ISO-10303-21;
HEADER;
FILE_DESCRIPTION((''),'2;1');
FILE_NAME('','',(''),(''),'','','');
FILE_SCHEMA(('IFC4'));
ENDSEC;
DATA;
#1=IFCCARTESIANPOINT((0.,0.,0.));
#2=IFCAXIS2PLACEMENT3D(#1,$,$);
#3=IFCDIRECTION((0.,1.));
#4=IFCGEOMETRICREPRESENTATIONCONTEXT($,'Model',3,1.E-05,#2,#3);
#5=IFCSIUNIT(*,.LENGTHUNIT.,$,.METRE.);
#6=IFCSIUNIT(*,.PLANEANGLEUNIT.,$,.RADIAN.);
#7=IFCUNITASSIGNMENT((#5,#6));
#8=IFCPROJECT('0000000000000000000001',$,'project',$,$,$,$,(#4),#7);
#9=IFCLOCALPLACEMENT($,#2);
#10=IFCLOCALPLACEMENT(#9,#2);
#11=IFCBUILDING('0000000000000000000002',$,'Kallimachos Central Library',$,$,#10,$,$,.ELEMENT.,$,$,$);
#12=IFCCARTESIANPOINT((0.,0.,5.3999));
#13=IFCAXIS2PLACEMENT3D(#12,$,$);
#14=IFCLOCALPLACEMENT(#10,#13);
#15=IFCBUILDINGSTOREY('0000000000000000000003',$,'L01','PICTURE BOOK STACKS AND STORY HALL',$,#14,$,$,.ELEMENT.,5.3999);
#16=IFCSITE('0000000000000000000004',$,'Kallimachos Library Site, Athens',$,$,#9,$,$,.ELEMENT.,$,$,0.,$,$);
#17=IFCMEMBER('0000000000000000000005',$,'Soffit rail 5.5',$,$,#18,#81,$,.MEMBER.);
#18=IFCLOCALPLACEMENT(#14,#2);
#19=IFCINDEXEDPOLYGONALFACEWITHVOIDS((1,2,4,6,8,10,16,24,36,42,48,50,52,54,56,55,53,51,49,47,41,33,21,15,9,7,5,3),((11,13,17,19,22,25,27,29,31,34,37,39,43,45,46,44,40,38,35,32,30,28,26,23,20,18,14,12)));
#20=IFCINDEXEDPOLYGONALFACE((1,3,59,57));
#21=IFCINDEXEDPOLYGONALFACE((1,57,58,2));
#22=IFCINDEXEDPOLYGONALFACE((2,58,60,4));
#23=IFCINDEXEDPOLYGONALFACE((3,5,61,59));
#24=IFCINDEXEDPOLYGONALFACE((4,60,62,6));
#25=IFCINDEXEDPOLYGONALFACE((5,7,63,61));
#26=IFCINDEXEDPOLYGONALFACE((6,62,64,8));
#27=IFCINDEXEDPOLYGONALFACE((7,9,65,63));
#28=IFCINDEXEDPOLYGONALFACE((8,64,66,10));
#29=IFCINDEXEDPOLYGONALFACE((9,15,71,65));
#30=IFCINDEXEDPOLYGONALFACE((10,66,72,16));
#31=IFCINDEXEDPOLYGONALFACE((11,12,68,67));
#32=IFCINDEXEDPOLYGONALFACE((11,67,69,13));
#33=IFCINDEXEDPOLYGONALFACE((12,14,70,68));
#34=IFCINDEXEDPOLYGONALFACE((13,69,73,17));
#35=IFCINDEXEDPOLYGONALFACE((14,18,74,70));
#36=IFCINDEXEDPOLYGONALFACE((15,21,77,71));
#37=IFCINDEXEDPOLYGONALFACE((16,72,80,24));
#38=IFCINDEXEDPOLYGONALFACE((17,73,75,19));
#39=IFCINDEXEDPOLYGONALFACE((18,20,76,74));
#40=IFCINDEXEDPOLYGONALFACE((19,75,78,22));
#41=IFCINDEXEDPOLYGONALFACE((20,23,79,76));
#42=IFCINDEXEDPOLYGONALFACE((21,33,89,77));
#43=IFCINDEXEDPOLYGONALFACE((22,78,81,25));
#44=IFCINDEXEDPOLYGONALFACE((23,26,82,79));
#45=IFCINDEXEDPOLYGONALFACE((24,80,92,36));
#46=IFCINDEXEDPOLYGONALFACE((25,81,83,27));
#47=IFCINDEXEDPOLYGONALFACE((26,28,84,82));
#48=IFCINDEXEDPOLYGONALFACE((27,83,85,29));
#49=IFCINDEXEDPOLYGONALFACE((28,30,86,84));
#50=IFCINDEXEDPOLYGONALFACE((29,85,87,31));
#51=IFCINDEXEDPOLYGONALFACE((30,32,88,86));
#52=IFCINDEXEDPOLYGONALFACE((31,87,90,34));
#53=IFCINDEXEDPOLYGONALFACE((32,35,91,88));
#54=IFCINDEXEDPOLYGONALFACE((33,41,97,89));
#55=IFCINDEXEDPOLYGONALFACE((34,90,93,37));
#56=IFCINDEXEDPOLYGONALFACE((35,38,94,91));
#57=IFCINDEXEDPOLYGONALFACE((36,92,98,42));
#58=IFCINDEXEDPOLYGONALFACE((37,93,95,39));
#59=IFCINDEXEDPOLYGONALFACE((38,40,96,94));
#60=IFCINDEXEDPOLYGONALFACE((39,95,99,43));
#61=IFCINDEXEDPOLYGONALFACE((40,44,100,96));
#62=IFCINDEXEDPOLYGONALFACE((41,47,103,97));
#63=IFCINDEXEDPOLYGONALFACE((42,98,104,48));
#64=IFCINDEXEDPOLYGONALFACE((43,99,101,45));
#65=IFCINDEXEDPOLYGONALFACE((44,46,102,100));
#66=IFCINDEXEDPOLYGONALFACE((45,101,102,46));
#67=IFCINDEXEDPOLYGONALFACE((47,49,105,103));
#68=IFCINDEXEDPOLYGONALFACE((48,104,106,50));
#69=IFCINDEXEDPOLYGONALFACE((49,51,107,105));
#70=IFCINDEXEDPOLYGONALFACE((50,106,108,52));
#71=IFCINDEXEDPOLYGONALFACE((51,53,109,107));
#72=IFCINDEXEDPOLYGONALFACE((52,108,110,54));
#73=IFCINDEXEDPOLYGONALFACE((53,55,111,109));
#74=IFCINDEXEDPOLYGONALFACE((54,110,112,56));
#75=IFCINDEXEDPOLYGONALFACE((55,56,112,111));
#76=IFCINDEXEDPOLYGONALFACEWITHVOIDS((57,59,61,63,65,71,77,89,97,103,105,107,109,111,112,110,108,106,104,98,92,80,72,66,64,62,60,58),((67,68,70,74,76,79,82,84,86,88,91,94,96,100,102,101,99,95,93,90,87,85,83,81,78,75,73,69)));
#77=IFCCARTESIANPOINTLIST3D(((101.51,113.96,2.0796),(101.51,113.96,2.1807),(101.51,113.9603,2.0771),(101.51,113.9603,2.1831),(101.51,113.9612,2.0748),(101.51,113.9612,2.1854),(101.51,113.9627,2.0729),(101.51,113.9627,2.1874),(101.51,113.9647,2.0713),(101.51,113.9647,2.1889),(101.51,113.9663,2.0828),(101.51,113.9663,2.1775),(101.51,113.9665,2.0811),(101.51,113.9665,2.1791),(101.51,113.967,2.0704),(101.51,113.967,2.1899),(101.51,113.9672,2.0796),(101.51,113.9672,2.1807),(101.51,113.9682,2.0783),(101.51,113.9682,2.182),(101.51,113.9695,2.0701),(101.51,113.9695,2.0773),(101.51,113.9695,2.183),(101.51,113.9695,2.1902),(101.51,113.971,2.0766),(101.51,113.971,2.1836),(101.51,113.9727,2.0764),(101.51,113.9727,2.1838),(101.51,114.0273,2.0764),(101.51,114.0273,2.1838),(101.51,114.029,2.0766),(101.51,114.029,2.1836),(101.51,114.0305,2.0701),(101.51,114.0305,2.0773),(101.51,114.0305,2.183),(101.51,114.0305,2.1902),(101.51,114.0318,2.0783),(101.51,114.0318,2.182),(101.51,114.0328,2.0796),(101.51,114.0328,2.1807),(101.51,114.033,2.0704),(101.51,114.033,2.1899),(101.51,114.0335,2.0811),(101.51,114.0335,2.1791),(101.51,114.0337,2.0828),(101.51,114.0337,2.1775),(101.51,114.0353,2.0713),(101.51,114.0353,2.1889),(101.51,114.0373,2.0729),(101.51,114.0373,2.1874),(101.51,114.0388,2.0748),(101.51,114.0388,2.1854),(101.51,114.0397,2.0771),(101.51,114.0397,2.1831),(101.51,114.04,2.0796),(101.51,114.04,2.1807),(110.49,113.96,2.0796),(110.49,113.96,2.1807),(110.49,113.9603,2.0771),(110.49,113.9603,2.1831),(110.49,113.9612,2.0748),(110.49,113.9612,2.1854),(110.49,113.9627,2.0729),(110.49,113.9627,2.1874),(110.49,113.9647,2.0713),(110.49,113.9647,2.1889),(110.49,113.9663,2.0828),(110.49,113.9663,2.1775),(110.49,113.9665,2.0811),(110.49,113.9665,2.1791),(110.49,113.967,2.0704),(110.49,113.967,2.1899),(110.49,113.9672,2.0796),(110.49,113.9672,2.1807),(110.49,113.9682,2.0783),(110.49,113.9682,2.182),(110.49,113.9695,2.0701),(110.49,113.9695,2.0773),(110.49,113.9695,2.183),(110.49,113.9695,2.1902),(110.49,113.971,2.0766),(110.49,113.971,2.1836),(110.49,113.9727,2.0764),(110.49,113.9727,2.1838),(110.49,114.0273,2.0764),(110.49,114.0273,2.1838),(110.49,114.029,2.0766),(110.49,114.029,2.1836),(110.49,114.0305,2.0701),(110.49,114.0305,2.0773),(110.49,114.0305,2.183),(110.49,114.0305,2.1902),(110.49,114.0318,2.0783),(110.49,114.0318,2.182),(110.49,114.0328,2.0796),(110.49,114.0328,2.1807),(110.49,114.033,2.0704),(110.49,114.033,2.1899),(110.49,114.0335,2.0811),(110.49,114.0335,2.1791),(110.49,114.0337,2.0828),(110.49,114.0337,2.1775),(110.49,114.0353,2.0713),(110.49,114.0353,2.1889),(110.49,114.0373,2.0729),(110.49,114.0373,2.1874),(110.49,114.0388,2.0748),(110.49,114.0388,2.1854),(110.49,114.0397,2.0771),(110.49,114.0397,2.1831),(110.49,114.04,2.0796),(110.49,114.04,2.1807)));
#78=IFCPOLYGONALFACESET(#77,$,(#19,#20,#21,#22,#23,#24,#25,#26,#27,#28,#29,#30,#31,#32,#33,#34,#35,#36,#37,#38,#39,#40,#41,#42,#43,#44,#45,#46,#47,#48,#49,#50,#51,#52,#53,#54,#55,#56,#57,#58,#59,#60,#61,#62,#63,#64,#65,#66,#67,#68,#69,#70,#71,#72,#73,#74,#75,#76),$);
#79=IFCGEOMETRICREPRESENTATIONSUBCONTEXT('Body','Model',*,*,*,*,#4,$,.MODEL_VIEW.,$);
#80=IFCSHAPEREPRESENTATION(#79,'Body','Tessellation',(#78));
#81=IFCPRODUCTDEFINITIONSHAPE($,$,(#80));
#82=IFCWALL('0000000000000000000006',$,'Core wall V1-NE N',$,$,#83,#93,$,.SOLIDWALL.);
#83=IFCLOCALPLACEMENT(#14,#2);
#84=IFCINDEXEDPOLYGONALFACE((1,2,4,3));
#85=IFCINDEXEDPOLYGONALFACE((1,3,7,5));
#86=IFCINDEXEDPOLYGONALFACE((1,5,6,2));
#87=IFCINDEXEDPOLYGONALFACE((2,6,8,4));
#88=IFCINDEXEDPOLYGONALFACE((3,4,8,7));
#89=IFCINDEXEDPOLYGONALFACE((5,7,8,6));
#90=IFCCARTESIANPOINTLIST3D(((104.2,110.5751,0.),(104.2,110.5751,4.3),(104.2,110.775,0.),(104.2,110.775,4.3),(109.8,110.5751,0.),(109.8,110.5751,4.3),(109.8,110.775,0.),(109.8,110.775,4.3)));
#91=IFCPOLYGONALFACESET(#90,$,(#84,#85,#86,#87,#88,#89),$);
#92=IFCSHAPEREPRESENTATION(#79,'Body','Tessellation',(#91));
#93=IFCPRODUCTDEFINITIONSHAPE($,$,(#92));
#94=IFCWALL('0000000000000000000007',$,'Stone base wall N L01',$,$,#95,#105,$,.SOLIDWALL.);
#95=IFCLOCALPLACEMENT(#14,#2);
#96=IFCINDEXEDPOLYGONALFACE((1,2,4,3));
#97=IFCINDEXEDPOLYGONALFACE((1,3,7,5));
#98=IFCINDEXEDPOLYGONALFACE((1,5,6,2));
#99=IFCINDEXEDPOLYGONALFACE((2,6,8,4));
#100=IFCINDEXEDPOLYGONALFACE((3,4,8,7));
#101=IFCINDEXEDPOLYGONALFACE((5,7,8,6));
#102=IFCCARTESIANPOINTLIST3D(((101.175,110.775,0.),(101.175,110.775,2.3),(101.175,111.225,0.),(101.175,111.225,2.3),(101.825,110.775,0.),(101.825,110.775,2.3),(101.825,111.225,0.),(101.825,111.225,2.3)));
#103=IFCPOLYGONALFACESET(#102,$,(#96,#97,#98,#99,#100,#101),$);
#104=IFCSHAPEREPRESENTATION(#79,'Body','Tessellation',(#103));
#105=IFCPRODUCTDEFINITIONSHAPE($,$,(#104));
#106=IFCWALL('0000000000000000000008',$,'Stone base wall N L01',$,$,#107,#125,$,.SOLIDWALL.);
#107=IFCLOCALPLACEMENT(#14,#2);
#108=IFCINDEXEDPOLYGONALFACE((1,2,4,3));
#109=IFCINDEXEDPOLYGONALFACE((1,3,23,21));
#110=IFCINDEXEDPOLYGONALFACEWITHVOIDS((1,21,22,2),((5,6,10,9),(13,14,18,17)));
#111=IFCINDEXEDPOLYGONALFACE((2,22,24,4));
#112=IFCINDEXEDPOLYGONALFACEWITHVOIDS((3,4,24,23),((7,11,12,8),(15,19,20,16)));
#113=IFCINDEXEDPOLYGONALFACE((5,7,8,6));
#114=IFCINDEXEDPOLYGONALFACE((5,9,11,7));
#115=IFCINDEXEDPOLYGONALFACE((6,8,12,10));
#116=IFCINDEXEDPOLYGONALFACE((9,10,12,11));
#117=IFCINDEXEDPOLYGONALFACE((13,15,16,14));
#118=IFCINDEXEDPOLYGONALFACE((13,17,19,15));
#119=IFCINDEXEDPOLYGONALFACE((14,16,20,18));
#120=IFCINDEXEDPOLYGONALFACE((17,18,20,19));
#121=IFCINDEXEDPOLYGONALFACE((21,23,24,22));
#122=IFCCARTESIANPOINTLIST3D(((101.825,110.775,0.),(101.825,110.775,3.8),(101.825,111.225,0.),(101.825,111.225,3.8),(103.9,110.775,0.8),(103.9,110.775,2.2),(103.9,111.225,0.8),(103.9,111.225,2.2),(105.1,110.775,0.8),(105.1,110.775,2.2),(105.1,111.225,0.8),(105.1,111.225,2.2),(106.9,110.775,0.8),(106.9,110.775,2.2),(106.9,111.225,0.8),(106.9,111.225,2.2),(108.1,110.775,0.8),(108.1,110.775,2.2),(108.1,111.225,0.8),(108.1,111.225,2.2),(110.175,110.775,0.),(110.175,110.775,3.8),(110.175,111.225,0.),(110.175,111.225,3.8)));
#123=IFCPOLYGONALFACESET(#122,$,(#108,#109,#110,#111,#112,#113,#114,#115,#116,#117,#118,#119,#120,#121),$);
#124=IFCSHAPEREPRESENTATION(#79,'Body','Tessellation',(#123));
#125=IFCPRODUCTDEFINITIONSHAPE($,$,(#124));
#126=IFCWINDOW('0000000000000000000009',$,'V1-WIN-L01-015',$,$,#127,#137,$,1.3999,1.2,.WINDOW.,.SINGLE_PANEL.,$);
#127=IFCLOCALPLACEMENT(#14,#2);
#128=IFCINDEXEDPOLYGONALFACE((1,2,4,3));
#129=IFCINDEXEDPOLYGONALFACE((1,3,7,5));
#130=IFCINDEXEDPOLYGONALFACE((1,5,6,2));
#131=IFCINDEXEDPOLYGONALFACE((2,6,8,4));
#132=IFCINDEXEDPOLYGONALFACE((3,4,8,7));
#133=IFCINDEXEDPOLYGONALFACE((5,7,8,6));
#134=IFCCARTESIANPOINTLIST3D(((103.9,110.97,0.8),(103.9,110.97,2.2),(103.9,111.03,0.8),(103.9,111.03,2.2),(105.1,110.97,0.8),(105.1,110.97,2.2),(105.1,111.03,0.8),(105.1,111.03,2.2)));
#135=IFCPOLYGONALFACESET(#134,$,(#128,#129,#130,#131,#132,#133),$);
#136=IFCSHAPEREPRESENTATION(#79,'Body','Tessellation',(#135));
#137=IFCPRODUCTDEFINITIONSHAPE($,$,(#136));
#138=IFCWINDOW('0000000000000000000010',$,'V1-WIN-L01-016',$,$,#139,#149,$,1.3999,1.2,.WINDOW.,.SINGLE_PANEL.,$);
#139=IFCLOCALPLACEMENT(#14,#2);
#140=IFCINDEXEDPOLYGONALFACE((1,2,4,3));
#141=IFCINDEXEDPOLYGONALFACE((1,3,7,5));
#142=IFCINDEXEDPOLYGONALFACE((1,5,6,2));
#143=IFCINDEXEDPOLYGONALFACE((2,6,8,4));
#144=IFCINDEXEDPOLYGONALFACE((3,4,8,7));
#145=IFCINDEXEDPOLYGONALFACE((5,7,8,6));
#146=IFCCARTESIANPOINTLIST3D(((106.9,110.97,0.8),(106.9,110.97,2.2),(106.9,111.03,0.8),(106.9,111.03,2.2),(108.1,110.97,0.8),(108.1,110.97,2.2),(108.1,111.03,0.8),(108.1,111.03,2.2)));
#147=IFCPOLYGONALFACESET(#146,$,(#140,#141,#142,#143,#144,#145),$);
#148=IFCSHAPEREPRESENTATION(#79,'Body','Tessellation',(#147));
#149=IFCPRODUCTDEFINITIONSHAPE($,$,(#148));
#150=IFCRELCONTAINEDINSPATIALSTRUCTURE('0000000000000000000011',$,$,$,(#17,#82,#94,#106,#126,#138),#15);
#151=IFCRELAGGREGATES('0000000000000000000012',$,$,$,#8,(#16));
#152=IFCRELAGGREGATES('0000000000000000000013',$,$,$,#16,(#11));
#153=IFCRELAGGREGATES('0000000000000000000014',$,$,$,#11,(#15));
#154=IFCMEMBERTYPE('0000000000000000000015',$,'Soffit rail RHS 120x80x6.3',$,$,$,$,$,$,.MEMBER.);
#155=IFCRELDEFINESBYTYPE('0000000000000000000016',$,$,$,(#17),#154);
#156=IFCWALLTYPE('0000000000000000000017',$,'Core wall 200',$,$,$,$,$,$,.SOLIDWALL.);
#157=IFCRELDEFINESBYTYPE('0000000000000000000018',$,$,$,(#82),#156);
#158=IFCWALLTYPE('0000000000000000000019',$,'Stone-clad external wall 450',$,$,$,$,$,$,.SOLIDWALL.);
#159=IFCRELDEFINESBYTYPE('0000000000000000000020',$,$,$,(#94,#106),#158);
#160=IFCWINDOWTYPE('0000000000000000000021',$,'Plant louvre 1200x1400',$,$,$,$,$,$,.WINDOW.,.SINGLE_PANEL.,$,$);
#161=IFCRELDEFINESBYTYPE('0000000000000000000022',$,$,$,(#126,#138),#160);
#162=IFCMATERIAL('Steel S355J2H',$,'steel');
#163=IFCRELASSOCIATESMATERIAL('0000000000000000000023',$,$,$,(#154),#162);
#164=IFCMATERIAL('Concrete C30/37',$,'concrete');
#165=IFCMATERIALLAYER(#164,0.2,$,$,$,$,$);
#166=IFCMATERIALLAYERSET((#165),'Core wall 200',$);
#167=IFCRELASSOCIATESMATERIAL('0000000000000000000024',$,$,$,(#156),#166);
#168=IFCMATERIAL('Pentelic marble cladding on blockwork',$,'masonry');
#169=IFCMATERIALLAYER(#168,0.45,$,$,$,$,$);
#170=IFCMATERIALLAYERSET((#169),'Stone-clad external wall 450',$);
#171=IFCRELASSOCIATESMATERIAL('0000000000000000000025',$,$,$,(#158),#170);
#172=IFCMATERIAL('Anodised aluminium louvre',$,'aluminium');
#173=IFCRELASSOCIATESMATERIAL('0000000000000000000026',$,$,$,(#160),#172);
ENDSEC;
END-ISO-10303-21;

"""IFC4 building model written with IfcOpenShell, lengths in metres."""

from ifc_helpers import new_model, si_unit, direction, frame, frame_2d, origin, origin_2d, place, context, subcontext, project, spatial, rectangle, hollow_rectangle, extrude, material, layer, layer_set, material_profile, profile_set, type_object, element, fill, save


model = new_model("IFC4")

# Units and contexts
model_context = context("Model", 3, precision=1e-05, world=origin(), true_north=direction((0.0, 1.0)))
body_context = subcontext(model_context, "Body", "Model", "MODEL_VIEW")
ifc_project = project(units=[si_unit("LENGTHUNIT", "METRE"), si_unit("PLANEANGLEUNIT", "RADIAN")], contexts=[model_context])

# Site, building, storey
site_placement = place(None, origin())
site = spatial("IfcSite", under=ifc_project, at=site_placement, Name="Kallimachos Library Site, Athens", CompositionType="ELEMENT", RefElevation=0.0)
building_placement = place(site_placement, origin())
building = spatial("IfcBuilding", under=site, at=building_placement, Name="Kallimachos Central Library", CompositionType="ELEMENT")
storey_placement = place(building_placement, frame((0.0, 0.0, 5.3999)))
storey = spatial("IfcBuildingStorey", under=building, at=storey_placement, Name="L01", Description="PICTURE BOOK STACKS AND STORY HALL", CompositionType="ELEMENT", Elevation=5.3999)

# Member
ifc_material_1 = material(Name="Steel S355J2H", Category="steel")
ifc_material_profile_1 = material_profile(ifc_material_1, hollow_rectangle(XDim=0.0801, YDim=0.1201, WallThickness=0.0063, InnerFilletRadius=0.0063, OuterFilletRadius=0.0095, at=origin_2d()), Name="RHS 120x80x6.3")
ifc_profile_set_1 = profile_set([ifc_material_profile_1], Name="Steel S355J2H")
member_type_1 = type_object("IfcMemberType", Name="Soffit rail RHS 120x80x6.3", PredefinedType="MEMBER", material=ifc_profile_set_1)
for number, where, z_axis, x_axis, name in (
    (1, (101.51, 114.0, 2.1301), (1.0, 0.0, 0.0), (0.0, 1.0, 0.0), "Soffit rail 5.5"),
):
    element("IfcMember", number, at=place(storey_placement, frame(where, z_axis=z_axis, x_axis=x_axis)), inside=storey, type_object=member_type_1, Name=name, PredefinedType="MEMBER", context=body_context, shape_type="SweptSolid", body=[
        extrude(hollow_rectangle(XDim=0.0801, YDim=0.1201, WallThickness=0.0063, InnerFilletRadius=0.0063, OuterFilletRadius=0.0095, at=origin_2d()), origin(), (0.0, 0.0, 1.0), 8.98),
    ])

# Walls
ifc_material_2 = material(Name="Concrete C30/37", Category="concrete")
ifc_layer_1 = layer(ifc_material_2, 0.2)
ifc_layer_set_1 = layer_set([ifc_layer_1], Name="Core wall 200")
wall_type_1 = type_object("IfcWallType", Name="Core wall 200", PredefinedType="SOLIDWALL", material=ifc_layer_set_1)
wall_1_placement = place(storey_placement, frame((104.2, 110.675, 0.0), z_axis=(0.0, 0.0, 1.0), x_axis=(1.0, 0.0, 0.0)))
element("IfcWall", 2, at=wall_1_placement, inside=storey, type_object=wall_type_1, Name="Core wall V1-NE N", PredefinedType="SOLIDWALL", context=body_context, shape_type="SweptSolid", body=[
    extrude(rectangle(XDim=5.6001, YDim=0.2, at=frame_2d((2.8, 0.0))), origin(), (0.0, 0.0, 1.0), 4.3),
])
ifc_material_3 = material(Name="Pentelic marble cladding on blockwork", Category="masonry")
ifc_layer_2 = layer(ifc_material_3, 0.45)
ifc_layer_set_2 = layer_set([ifc_layer_2], Name="Stone-clad external wall 450")
wall_type_2 = type_object("IfcWallType", Name="Stone-clad external wall 450", PredefinedType="SOLIDWALL", material=ifc_layer_set_2)
wall_2_placement = place(storey_placement, frame((101.175, 111.0, 0.0), z_axis=(0.0, 0.0, 1.0), x_axis=(1.0, 0.0, 0.0)))
element("IfcWall", 3, at=wall_2_placement, inside=storey, type_object=wall_type_2, Name="Stone base wall N L01", PredefinedType="SOLIDWALL", context=body_context, shape_type="SweptSolid", body=[
    extrude(rectangle(XDim=0.6499, YDim=0.45, at=frame_2d((0.325, 0.0))), origin(), (0.0, 0.0, 1.0), 2.3),
])

# Wall, openings, windows
wall_3_placement = place(storey_placement, frame((101.825, 111.0, 0.0), z_axis=(0.0, 0.0, 1.0), x_axis=(1.0, 0.0, 0.0)))
wall_3 = element("IfcWall", 4, at=wall_3_placement, inside=storey, type_object=wall_type_2, Name="Stone base wall N L01", PredefinedType="SOLIDWALL", context=body_context, shape_type="SweptSolid", body=[
    extrude(rectangle(XDim=8.3501, YDim=0.45, at=frame_2d((4.175, 0.0))), origin(), (0.0, 0.0, 1.0), 3.8),
])
opening_1_placement = place(wall_3_placement, frame((2.075, 0.0, 0.8)))
opening_1 = element("IfcOpeningElement", 5, at=opening_1_placement, cuts=wall_3, PredefinedType="OPENING", context=body_context, shape_type="SweptSolid", body=[
    extrude(rectangle(XDim=1.2, YDim=1.3999, at=frame_2d((0.6001, 0.7))), frame((0.0, 0.2349, 0.0), z_axis=(0.0, -1.0, 0.0), x_axis=(1.0, 0.0, 0.0)), (0.0, 0.0, 1.0), 0.47),
])
opening_2_placement = place(wall_3_placement, frame((5.075, 0.0, 0.8)))
opening_2 = element("IfcOpeningElement", 6, at=opening_2_placement, cuts=wall_3, PredefinedType="OPENING", context=body_context, shape_type="SweptSolid", body=[
    extrude(rectangle(XDim=1.2, YDim=1.3999, at=frame_2d((0.6001, 0.7))), frame((0.0, 0.2349, 0.0), z_axis=(0.0, -1.0, 0.0), x_axis=(1.0, 0.0, 0.0)), (0.0, 0.0, 1.0), 0.47),
])
ifc_material_4 = material(Name="Anodised aluminium louvre", Category="aluminium")
window_type = type_object("IfcWindowType", Name="Plant louvre 1200x1400", PartitioningType="SINGLE_PANEL", PredefinedType="WINDOW", material=ifc_material_4)
window_1_placement = place(opening_1_placement, origin())
window_1 = element("IfcWindow", 7, at=window_1_placement, inside=storey, type_object=window_type, Name="V1-WIN-L01-015", OverallHeight=1.3999, OverallWidth=1.2, PartitioningType="SINGLE_PANEL", PredefinedType="WINDOW", context=body_context, shape_type="SweptSolid", body=[
    extrude(rectangle(XDim=1.2, YDim=1.3999, at=frame_2d((0.6001, 0.7))), frame((0.0, 0.03, 0.0), z_axis=(0.0, -1.0, 0.0), x_axis=(1.0, 0.0, 0.0)), (0.0, 0.0, 1.0), 0.0601),
])
fill(opening_1, window_1)
window_2_placement = place(opening_2_placement, origin())
window_2 = element("IfcWindow", 8, at=window_2_placement, inside=storey, type_object=window_type, Name="V1-WIN-L01-016", OverallHeight=1.3999, OverallWidth=1.2, PartitioningType="SINGLE_PANEL", PredefinedType="WINDOW", context=body_context, shape_type="SweptSolid", body=[
    extrude(rectangle(XDim=1.2, YDim=1.3999, at=frame_2d((0.6001, 0.7))), frame((0.0, 0.03, 0.0), z_axis=(0.0, -1.0, 0.0), x_axis=(1.0, 0.0, 0.0)), (0.0, 0.0, 1.0), 0.0601),
])
fill(opening_2, window_2)

save(model, "model.ifc")
